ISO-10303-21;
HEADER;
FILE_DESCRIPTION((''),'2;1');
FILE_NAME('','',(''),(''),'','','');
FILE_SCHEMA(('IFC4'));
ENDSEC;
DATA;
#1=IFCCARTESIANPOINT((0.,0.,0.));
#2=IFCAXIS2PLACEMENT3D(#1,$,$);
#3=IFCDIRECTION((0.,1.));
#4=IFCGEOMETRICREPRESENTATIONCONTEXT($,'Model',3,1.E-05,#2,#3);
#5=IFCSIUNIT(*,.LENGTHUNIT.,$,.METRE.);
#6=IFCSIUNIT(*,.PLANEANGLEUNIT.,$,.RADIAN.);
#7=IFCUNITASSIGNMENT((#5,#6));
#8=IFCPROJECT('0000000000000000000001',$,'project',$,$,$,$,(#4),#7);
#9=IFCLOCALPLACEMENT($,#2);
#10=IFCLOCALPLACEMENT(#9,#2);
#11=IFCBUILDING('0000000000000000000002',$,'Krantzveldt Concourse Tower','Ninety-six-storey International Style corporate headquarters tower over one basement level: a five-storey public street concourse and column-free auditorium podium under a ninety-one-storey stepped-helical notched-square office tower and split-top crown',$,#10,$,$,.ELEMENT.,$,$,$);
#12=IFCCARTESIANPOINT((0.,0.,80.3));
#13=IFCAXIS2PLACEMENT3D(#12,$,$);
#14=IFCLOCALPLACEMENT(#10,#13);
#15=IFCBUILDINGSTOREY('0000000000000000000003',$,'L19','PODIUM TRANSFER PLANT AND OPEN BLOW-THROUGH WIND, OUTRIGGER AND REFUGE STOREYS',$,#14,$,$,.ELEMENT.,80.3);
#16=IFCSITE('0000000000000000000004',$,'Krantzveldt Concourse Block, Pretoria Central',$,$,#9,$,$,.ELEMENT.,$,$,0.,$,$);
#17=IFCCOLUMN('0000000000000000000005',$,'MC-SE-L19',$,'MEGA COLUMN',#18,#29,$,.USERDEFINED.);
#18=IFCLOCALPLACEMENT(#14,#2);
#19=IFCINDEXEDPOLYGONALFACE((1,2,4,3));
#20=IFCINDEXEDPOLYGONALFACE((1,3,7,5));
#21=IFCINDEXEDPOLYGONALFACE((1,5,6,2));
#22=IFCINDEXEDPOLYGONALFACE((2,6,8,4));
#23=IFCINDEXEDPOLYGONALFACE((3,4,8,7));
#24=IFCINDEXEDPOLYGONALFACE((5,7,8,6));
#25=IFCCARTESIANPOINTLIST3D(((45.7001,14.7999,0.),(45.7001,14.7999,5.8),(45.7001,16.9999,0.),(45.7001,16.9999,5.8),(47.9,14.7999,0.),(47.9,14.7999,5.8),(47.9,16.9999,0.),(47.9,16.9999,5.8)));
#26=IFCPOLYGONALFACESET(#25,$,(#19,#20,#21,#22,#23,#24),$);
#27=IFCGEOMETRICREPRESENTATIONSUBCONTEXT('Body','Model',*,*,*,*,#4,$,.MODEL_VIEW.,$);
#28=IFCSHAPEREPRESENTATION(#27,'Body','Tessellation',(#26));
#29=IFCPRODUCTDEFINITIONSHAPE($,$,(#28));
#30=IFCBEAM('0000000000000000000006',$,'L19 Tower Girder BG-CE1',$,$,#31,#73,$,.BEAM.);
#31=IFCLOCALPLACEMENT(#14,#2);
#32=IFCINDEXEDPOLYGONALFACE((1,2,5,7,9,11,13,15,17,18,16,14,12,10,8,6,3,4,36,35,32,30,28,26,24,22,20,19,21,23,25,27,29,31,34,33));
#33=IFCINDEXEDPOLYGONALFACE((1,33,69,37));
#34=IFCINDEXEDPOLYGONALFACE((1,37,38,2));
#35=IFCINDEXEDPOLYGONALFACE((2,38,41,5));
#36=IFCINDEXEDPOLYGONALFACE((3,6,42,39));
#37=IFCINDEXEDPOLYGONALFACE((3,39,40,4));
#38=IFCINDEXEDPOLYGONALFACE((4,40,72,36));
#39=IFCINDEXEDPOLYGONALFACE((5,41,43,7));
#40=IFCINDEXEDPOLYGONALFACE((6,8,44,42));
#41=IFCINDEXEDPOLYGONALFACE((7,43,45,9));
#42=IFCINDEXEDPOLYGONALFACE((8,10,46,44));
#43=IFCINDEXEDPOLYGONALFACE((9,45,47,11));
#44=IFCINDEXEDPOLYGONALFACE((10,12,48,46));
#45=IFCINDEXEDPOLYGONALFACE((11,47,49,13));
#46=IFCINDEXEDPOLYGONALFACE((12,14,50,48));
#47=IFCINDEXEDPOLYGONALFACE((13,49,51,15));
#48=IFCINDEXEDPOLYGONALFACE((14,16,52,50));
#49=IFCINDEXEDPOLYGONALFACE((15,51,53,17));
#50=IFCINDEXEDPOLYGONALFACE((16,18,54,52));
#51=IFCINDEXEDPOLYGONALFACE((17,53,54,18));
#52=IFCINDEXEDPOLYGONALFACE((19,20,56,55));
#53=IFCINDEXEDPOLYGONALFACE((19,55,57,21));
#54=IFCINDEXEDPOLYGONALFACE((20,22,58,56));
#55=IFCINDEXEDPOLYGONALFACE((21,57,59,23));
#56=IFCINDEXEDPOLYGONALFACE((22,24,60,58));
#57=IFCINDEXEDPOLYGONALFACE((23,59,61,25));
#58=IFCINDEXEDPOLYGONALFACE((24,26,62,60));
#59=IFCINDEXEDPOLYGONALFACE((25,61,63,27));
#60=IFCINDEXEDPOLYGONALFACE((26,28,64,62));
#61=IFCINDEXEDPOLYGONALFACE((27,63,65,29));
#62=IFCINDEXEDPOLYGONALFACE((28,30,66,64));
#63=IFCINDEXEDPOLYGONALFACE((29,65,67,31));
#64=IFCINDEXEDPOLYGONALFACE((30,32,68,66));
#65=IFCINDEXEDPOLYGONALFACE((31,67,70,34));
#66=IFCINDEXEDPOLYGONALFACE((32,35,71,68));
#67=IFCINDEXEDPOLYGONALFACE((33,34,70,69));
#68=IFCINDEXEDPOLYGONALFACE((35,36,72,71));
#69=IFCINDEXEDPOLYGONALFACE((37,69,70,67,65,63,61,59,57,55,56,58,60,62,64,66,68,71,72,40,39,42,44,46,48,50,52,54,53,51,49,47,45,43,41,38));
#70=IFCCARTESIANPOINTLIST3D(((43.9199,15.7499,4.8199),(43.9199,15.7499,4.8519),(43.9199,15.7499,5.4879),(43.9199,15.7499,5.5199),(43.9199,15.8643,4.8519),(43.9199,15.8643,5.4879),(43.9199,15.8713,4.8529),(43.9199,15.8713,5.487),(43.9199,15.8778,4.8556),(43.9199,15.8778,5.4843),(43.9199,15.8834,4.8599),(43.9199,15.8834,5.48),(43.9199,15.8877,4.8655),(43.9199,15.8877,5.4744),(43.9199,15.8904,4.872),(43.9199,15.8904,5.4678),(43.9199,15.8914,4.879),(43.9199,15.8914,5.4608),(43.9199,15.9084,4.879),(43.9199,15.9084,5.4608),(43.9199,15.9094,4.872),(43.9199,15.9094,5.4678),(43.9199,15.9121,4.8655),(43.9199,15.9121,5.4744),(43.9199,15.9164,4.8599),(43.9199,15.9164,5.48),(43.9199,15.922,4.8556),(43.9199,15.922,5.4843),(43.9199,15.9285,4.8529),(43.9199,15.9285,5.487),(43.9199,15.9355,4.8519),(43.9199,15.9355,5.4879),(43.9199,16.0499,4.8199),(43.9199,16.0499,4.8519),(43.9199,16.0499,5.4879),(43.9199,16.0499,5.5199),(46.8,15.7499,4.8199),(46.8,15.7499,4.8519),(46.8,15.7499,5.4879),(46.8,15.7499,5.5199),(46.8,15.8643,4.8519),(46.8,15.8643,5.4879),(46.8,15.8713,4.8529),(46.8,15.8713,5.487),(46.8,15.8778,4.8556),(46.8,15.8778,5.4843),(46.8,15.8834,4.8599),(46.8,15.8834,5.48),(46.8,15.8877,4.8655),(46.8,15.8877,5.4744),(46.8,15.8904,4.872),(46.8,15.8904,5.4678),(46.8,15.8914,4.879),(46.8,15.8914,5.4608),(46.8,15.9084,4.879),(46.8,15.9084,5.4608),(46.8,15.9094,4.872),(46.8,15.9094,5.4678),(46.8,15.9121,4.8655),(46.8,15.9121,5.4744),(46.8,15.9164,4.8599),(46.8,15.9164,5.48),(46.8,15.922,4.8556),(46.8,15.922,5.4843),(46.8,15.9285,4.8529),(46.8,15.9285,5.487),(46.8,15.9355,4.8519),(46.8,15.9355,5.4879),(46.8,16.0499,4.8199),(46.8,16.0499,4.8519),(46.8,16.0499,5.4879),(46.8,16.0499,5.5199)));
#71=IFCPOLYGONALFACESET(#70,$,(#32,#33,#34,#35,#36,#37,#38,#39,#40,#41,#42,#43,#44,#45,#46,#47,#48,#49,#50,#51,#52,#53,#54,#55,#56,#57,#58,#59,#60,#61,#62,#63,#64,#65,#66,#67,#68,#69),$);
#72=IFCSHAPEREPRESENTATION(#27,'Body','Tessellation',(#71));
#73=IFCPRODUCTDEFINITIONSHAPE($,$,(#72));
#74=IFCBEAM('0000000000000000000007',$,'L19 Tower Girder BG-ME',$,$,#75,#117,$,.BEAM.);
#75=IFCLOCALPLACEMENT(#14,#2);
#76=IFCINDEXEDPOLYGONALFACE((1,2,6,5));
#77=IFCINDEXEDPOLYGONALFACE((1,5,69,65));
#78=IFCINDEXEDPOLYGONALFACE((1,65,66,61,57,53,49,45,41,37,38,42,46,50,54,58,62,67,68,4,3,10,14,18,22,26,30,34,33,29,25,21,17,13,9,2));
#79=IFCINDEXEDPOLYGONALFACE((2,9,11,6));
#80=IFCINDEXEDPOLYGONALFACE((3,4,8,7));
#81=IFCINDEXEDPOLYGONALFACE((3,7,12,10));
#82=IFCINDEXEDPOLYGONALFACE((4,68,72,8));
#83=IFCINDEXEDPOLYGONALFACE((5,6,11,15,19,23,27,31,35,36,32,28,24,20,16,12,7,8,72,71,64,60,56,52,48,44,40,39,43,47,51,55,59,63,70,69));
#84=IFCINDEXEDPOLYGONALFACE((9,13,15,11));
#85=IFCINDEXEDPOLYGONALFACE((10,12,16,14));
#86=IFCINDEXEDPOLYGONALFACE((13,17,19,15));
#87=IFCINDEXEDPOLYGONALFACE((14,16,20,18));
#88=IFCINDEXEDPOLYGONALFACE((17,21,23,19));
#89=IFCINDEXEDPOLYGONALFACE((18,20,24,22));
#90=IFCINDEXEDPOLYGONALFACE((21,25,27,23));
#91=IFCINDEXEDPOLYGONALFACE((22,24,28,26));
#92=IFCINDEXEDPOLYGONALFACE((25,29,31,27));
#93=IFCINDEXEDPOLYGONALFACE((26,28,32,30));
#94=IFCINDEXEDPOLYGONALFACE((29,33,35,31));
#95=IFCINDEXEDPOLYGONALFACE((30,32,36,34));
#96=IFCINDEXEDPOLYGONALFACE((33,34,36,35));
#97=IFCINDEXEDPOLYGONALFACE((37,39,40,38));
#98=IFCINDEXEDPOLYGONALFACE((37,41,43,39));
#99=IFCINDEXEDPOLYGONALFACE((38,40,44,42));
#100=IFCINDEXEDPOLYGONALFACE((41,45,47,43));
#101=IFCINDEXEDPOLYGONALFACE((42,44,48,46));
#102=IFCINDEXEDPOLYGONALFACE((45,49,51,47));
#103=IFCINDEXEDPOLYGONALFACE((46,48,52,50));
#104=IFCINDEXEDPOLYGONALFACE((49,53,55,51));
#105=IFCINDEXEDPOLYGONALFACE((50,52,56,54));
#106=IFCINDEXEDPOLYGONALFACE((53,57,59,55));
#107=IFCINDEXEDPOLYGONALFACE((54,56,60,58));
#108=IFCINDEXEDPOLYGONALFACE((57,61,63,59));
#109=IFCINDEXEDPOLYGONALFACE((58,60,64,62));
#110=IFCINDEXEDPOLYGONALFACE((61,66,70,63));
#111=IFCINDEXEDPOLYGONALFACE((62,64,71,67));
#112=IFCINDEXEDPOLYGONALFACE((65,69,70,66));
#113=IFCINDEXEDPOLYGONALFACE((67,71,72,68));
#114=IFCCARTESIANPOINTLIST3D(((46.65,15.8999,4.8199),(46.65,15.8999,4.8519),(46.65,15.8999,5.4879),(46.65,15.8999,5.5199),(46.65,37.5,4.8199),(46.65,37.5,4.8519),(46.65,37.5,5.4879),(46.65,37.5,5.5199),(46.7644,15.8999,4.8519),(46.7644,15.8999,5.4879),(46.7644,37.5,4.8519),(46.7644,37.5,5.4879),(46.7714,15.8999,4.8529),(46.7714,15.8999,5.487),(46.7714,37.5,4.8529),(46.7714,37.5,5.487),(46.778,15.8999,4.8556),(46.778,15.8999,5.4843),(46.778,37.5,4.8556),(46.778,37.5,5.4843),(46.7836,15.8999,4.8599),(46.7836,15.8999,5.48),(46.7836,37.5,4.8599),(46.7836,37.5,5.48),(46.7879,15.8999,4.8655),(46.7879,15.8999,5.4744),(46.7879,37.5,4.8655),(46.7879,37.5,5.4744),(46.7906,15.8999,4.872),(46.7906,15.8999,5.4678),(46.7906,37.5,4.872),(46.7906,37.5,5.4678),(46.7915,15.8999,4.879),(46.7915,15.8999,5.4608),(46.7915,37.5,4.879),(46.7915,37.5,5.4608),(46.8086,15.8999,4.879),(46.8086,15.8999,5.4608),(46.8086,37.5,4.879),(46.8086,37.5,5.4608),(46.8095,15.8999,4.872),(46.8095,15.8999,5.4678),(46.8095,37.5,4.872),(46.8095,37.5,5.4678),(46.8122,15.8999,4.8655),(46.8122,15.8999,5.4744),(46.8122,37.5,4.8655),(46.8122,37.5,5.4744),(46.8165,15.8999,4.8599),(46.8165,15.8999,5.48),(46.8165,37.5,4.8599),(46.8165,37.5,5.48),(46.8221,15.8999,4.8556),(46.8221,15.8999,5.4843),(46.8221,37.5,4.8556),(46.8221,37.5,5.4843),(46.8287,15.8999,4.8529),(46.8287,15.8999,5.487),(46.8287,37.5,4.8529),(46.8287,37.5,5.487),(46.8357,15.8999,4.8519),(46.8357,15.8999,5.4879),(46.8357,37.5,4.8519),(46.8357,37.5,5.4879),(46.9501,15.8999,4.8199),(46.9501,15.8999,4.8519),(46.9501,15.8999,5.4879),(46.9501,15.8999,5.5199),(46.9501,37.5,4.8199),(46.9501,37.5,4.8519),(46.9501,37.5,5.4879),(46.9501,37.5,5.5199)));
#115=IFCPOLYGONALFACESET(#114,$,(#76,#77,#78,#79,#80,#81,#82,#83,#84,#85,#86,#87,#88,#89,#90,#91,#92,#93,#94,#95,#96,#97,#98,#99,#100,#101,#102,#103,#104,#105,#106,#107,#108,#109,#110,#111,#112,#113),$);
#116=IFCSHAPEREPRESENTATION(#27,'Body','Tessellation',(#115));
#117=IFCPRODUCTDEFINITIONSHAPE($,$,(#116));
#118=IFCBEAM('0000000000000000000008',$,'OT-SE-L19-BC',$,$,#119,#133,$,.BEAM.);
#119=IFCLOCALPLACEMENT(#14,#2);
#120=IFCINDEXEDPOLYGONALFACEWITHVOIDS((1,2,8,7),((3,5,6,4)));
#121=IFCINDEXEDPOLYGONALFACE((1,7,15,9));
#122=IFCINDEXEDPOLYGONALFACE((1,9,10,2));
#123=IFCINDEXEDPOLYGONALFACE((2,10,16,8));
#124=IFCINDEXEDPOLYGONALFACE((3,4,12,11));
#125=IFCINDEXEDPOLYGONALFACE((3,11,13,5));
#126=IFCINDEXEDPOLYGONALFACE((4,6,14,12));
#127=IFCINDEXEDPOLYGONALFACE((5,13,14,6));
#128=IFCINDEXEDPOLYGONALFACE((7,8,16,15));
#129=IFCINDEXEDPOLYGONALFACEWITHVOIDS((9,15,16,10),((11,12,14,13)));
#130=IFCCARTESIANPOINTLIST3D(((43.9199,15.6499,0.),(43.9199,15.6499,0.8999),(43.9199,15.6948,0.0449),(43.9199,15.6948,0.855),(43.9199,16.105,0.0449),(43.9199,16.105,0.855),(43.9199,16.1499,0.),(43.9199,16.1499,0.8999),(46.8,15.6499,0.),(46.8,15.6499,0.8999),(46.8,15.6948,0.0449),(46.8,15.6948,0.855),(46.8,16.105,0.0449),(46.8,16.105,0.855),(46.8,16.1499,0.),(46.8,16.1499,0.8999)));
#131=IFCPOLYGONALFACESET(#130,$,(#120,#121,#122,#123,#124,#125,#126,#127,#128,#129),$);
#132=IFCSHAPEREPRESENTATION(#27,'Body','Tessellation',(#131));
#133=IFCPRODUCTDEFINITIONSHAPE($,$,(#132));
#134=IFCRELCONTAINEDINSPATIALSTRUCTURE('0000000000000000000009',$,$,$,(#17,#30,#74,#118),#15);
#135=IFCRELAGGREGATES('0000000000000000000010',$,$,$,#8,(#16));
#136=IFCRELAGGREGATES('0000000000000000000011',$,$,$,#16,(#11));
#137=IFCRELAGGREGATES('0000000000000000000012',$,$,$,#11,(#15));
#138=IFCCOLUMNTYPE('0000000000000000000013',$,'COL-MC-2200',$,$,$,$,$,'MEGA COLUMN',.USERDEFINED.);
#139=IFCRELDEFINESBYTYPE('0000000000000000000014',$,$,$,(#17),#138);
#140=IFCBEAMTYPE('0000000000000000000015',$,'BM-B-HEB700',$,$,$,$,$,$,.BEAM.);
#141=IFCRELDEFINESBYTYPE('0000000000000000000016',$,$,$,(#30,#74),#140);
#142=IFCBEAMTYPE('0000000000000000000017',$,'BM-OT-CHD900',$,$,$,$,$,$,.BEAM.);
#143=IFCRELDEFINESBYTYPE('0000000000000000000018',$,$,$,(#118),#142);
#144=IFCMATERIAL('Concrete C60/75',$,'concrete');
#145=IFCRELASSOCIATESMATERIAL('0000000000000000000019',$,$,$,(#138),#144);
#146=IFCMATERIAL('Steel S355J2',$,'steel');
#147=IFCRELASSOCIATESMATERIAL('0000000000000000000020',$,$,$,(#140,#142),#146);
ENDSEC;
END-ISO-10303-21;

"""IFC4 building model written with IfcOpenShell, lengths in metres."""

from ifc_helpers import new_model, si_unit, direction, frame, origin, origin_2d, place, context, subcontext, project, spatial, rectangle, hollow_rectangle, i_section, extrude, source, transform, mapped, material, material_profile, profile_set, type_object, type_shapes, element, save


model = new_model("IFC4")

# Units and contexts
model_context = context("Model", 3, precision=1e-05, world=origin(), true_north=direction((0.0, 1.0)))
body_context = subcontext(model_context, "Body", "Model", "MODEL_VIEW")
ifc_project = project(units=[si_unit("LENGTHUNIT", "METRE"), si_unit("PLANEANGLEUNIT", "RADIAN")], contexts=[model_context])

# Site, building, storey
site_placement = place(None, origin())
site = spatial("IfcSite", under=ifc_project, at=site_placement, Name="Krantzveldt Concourse Block, Pretoria Central", CompositionType="ELEMENT", RefElevation=0.0)
building_placement = place(site_placement, origin())
building = spatial("IfcBuilding", under=site, at=building_placement, Name="Krantzveldt Concourse Tower", Description="Ninety-six-storey International Style corporate headquarters tower over one basement level: a five-storey public street concourse and column-free auditorium podium under a ninety-one-storey stepped-helical notched-square office tower and split-top crown", CompositionType="ELEMENT")
storey_placement = place(building_placement, frame((0.0, 0.0, 80.3)))
storey = spatial("IfcBuildingStorey", under=building, at=storey_placement, Name="L19", Description="PODIUM TRANSFER PLANT AND OPEN BLOW-THROUGH WIND, OUTRIGGER AND REFUGE STOREYS", CompositionType="ELEMENT", Elevation=80.3)

# Column
ifc_material_1 = material(Name="Concrete C60/75", Category="concrete")
ifc_material_profile_1 = material_profile(ifc_material_1, rectangle(XDim=2.2, YDim=2.2, at=origin_2d()), Name="Concrete C60/75", Category="concrete")
ifc_profile_set_1 = profile_set([ifc_material_profile_1], Name="Concrete C60/75 - RC 2200x2200")
column_type = type_object("IfcColumnType", Name="COL-MC-2200", ElementType="MEGA COLUMN", PredefinedType="USERDEFINED", material=ifc_profile_set_1)
shared_shape_1 = source(origin(), body_context, "Body", "SweptSolid", [
    extrude(rectangle(XDim=2.2, YDim=2.2, at=origin_2d()), origin(), (0.0, 0.0, 1.0), 5.8),
])
type_shapes(column_type, [shared_shape_1])
column_placement = place(storey_placement, frame((46.8, 15.8999, 0.0), z_axis=(0.0, 0.0, 1.0), x_axis=(1.0, 0.0, 0.0)))
element("IfcColumn", 1, at=column_placement, inside=storey, type_object=column_type, Name="MC-SE-L19", ObjectType="MEGA COLUMN", PredefinedType="USERDEFINED", context=body_context, shape_type="MappedRepresentation", body=[
    mapped(shared_shape_1, transform((0.0, 0.0, 0.0), x_axis=(1.0, 0.0, 0.0), y_axis=(0.0, 1.0, 0.0), z_axis=(0.0, 0.0, 1.0), scale=1.0)),
])

# Beams
ifc_material_2 = material(Name="Steel S355J2", Category="steel")
ifc_material_profile_2 = material_profile(ifc_material_2, i_section(OverallWidth=0.3, OverallDepth=0.7, WebThickness=0.0171, FlangeThickness=0.032, FilletRadius=0.0271, at=origin_2d()), Name="Steel S355J2", Category="steel")
ifc_profile_set_2 = profile_set([ifc_material_profile_2], Name="Steel S355J2 - HEB 700")
beam_type_1 = type_object("IfcBeamType", Name="BM-B-HEB700", PredefinedType="BEAM", material=ifc_profile_set_2)
shared_shape_2 = source(origin(), body_context, "Body", "SweptSolid", [
    extrude(i_section(OverallWidth=0.3, OverallDepth=0.7, WebThickness=0.0171, FlangeThickness=0.032, FilletRadius=0.0271, at=origin_2d()), origin(), (0.0, 0.0, 1.0), 2.8801),
])
beam_1_placement = place(storey_placement, frame((43.9199, 15.8999, 5.1699), z_axis=(1.0, 0.0, 0.0), x_axis=(0.0, 1.0, 0.0)))
element("IfcBeam", 2, at=beam_1_placement, inside=storey, type_object=beam_type_1, Name="L19 Tower Girder BG-CE1", PredefinedType="BEAM", context=body_context, shape_type="MappedRepresentation", body=[
    mapped(shared_shape_2, transform((0.0, 0.0, 0.0), x_axis=(1.0, 0.0, 0.0), y_axis=(0.0, 1.0, 0.0), z_axis=(0.0, 0.0, 1.0), scale=1.0)),
])
shared_shape_3 = source(origin(), body_context, "Body", "SweptSolid", [
    extrude(i_section(OverallWidth=0.3, OverallDepth=0.7, WebThickness=0.0171, FlangeThickness=0.032, FilletRadius=0.0271, at=origin_2d()), origin(), (0.0, 0.0, 1.0), 21.6001),
])
type_shapes(beam_type_1, [shared_shape_2, shared_shape_3])
beam_2_placement = place(storey_placement, frame((46.8, 15.8999, 5.1699), z_axis=(0.0, 1.0, 0.0), x_axis=(-1.0, 0.0, 0.0)))
element("IfcBeam", 3, at=beam_2_placement, inside=storey, type_object=beam_type_1, Name="L19 Tower Girder BG-ME", PredefinedType="BEAM", context=body_context, shape_type="MappedRepresentation", body=[
    mapped(shared_shape_3, transform((0.0, 0.0, 0.0), x_axis=(1.0, 0.0, 0.0), y_axis=(0.0, 1.0, 0.0), z_axis=(0.0, 0.0, 1.0), scale=1.0)),
])
ifc_material_profile_3 = material_profile(ifc_material_2, hollow_rectangle(XDim=0.5, YDim=0.8999, WallThickness=0.0449, at=origin_2d()), Name="Steel S355J2", Category="steel")
ifc_profile_set_3 = profile_set([ifc_material_profile_3], Name="Steel S355J2 - RHS 900x500x45")
beam_type_2 = type_object("IfcBeamType", Name="BM-OT-CHD900", PredefinedType="BEAM", material=ifc_profile_set_3)
shared_shape_4 = source(origin(), body_context, "Body", "SweptSolid", [
    extrude(hollow_rectangle(XDim=0.5, YDim=0.8999, WallThickness=0.0449, at=origin_2d()), origin(), (0.0, 0.0, 1.0), 2.8801),
])
type_shapes(beam_type_2, [shared_shape_4])
beam_3_placement = place(storey_placement, frame((43.9199, 15.8999, 0.45), z_axis=(1.0, 0.0, 0.0), x_axis=(0.0, 1.0, 0.0)))
element("IfcBeam", 4, at=beam_3_placement, inside=storey, type_object=beam_type_2, Name="OT-SE-L19-BC", PredefinedType="BEAM", context=body_context, shape_type="MappedRepresentation", body=[
    mapped(shared_shape_4, transform((0.0, 0.0, 0.0), x_axis=(1.0, 0.0, 0.0), y_axis=(0.0, 1.0, 0.0), z_axis=(0.0, 0.0, 1.0), scale=1.0)),
])

save(model, "model.ifc")
